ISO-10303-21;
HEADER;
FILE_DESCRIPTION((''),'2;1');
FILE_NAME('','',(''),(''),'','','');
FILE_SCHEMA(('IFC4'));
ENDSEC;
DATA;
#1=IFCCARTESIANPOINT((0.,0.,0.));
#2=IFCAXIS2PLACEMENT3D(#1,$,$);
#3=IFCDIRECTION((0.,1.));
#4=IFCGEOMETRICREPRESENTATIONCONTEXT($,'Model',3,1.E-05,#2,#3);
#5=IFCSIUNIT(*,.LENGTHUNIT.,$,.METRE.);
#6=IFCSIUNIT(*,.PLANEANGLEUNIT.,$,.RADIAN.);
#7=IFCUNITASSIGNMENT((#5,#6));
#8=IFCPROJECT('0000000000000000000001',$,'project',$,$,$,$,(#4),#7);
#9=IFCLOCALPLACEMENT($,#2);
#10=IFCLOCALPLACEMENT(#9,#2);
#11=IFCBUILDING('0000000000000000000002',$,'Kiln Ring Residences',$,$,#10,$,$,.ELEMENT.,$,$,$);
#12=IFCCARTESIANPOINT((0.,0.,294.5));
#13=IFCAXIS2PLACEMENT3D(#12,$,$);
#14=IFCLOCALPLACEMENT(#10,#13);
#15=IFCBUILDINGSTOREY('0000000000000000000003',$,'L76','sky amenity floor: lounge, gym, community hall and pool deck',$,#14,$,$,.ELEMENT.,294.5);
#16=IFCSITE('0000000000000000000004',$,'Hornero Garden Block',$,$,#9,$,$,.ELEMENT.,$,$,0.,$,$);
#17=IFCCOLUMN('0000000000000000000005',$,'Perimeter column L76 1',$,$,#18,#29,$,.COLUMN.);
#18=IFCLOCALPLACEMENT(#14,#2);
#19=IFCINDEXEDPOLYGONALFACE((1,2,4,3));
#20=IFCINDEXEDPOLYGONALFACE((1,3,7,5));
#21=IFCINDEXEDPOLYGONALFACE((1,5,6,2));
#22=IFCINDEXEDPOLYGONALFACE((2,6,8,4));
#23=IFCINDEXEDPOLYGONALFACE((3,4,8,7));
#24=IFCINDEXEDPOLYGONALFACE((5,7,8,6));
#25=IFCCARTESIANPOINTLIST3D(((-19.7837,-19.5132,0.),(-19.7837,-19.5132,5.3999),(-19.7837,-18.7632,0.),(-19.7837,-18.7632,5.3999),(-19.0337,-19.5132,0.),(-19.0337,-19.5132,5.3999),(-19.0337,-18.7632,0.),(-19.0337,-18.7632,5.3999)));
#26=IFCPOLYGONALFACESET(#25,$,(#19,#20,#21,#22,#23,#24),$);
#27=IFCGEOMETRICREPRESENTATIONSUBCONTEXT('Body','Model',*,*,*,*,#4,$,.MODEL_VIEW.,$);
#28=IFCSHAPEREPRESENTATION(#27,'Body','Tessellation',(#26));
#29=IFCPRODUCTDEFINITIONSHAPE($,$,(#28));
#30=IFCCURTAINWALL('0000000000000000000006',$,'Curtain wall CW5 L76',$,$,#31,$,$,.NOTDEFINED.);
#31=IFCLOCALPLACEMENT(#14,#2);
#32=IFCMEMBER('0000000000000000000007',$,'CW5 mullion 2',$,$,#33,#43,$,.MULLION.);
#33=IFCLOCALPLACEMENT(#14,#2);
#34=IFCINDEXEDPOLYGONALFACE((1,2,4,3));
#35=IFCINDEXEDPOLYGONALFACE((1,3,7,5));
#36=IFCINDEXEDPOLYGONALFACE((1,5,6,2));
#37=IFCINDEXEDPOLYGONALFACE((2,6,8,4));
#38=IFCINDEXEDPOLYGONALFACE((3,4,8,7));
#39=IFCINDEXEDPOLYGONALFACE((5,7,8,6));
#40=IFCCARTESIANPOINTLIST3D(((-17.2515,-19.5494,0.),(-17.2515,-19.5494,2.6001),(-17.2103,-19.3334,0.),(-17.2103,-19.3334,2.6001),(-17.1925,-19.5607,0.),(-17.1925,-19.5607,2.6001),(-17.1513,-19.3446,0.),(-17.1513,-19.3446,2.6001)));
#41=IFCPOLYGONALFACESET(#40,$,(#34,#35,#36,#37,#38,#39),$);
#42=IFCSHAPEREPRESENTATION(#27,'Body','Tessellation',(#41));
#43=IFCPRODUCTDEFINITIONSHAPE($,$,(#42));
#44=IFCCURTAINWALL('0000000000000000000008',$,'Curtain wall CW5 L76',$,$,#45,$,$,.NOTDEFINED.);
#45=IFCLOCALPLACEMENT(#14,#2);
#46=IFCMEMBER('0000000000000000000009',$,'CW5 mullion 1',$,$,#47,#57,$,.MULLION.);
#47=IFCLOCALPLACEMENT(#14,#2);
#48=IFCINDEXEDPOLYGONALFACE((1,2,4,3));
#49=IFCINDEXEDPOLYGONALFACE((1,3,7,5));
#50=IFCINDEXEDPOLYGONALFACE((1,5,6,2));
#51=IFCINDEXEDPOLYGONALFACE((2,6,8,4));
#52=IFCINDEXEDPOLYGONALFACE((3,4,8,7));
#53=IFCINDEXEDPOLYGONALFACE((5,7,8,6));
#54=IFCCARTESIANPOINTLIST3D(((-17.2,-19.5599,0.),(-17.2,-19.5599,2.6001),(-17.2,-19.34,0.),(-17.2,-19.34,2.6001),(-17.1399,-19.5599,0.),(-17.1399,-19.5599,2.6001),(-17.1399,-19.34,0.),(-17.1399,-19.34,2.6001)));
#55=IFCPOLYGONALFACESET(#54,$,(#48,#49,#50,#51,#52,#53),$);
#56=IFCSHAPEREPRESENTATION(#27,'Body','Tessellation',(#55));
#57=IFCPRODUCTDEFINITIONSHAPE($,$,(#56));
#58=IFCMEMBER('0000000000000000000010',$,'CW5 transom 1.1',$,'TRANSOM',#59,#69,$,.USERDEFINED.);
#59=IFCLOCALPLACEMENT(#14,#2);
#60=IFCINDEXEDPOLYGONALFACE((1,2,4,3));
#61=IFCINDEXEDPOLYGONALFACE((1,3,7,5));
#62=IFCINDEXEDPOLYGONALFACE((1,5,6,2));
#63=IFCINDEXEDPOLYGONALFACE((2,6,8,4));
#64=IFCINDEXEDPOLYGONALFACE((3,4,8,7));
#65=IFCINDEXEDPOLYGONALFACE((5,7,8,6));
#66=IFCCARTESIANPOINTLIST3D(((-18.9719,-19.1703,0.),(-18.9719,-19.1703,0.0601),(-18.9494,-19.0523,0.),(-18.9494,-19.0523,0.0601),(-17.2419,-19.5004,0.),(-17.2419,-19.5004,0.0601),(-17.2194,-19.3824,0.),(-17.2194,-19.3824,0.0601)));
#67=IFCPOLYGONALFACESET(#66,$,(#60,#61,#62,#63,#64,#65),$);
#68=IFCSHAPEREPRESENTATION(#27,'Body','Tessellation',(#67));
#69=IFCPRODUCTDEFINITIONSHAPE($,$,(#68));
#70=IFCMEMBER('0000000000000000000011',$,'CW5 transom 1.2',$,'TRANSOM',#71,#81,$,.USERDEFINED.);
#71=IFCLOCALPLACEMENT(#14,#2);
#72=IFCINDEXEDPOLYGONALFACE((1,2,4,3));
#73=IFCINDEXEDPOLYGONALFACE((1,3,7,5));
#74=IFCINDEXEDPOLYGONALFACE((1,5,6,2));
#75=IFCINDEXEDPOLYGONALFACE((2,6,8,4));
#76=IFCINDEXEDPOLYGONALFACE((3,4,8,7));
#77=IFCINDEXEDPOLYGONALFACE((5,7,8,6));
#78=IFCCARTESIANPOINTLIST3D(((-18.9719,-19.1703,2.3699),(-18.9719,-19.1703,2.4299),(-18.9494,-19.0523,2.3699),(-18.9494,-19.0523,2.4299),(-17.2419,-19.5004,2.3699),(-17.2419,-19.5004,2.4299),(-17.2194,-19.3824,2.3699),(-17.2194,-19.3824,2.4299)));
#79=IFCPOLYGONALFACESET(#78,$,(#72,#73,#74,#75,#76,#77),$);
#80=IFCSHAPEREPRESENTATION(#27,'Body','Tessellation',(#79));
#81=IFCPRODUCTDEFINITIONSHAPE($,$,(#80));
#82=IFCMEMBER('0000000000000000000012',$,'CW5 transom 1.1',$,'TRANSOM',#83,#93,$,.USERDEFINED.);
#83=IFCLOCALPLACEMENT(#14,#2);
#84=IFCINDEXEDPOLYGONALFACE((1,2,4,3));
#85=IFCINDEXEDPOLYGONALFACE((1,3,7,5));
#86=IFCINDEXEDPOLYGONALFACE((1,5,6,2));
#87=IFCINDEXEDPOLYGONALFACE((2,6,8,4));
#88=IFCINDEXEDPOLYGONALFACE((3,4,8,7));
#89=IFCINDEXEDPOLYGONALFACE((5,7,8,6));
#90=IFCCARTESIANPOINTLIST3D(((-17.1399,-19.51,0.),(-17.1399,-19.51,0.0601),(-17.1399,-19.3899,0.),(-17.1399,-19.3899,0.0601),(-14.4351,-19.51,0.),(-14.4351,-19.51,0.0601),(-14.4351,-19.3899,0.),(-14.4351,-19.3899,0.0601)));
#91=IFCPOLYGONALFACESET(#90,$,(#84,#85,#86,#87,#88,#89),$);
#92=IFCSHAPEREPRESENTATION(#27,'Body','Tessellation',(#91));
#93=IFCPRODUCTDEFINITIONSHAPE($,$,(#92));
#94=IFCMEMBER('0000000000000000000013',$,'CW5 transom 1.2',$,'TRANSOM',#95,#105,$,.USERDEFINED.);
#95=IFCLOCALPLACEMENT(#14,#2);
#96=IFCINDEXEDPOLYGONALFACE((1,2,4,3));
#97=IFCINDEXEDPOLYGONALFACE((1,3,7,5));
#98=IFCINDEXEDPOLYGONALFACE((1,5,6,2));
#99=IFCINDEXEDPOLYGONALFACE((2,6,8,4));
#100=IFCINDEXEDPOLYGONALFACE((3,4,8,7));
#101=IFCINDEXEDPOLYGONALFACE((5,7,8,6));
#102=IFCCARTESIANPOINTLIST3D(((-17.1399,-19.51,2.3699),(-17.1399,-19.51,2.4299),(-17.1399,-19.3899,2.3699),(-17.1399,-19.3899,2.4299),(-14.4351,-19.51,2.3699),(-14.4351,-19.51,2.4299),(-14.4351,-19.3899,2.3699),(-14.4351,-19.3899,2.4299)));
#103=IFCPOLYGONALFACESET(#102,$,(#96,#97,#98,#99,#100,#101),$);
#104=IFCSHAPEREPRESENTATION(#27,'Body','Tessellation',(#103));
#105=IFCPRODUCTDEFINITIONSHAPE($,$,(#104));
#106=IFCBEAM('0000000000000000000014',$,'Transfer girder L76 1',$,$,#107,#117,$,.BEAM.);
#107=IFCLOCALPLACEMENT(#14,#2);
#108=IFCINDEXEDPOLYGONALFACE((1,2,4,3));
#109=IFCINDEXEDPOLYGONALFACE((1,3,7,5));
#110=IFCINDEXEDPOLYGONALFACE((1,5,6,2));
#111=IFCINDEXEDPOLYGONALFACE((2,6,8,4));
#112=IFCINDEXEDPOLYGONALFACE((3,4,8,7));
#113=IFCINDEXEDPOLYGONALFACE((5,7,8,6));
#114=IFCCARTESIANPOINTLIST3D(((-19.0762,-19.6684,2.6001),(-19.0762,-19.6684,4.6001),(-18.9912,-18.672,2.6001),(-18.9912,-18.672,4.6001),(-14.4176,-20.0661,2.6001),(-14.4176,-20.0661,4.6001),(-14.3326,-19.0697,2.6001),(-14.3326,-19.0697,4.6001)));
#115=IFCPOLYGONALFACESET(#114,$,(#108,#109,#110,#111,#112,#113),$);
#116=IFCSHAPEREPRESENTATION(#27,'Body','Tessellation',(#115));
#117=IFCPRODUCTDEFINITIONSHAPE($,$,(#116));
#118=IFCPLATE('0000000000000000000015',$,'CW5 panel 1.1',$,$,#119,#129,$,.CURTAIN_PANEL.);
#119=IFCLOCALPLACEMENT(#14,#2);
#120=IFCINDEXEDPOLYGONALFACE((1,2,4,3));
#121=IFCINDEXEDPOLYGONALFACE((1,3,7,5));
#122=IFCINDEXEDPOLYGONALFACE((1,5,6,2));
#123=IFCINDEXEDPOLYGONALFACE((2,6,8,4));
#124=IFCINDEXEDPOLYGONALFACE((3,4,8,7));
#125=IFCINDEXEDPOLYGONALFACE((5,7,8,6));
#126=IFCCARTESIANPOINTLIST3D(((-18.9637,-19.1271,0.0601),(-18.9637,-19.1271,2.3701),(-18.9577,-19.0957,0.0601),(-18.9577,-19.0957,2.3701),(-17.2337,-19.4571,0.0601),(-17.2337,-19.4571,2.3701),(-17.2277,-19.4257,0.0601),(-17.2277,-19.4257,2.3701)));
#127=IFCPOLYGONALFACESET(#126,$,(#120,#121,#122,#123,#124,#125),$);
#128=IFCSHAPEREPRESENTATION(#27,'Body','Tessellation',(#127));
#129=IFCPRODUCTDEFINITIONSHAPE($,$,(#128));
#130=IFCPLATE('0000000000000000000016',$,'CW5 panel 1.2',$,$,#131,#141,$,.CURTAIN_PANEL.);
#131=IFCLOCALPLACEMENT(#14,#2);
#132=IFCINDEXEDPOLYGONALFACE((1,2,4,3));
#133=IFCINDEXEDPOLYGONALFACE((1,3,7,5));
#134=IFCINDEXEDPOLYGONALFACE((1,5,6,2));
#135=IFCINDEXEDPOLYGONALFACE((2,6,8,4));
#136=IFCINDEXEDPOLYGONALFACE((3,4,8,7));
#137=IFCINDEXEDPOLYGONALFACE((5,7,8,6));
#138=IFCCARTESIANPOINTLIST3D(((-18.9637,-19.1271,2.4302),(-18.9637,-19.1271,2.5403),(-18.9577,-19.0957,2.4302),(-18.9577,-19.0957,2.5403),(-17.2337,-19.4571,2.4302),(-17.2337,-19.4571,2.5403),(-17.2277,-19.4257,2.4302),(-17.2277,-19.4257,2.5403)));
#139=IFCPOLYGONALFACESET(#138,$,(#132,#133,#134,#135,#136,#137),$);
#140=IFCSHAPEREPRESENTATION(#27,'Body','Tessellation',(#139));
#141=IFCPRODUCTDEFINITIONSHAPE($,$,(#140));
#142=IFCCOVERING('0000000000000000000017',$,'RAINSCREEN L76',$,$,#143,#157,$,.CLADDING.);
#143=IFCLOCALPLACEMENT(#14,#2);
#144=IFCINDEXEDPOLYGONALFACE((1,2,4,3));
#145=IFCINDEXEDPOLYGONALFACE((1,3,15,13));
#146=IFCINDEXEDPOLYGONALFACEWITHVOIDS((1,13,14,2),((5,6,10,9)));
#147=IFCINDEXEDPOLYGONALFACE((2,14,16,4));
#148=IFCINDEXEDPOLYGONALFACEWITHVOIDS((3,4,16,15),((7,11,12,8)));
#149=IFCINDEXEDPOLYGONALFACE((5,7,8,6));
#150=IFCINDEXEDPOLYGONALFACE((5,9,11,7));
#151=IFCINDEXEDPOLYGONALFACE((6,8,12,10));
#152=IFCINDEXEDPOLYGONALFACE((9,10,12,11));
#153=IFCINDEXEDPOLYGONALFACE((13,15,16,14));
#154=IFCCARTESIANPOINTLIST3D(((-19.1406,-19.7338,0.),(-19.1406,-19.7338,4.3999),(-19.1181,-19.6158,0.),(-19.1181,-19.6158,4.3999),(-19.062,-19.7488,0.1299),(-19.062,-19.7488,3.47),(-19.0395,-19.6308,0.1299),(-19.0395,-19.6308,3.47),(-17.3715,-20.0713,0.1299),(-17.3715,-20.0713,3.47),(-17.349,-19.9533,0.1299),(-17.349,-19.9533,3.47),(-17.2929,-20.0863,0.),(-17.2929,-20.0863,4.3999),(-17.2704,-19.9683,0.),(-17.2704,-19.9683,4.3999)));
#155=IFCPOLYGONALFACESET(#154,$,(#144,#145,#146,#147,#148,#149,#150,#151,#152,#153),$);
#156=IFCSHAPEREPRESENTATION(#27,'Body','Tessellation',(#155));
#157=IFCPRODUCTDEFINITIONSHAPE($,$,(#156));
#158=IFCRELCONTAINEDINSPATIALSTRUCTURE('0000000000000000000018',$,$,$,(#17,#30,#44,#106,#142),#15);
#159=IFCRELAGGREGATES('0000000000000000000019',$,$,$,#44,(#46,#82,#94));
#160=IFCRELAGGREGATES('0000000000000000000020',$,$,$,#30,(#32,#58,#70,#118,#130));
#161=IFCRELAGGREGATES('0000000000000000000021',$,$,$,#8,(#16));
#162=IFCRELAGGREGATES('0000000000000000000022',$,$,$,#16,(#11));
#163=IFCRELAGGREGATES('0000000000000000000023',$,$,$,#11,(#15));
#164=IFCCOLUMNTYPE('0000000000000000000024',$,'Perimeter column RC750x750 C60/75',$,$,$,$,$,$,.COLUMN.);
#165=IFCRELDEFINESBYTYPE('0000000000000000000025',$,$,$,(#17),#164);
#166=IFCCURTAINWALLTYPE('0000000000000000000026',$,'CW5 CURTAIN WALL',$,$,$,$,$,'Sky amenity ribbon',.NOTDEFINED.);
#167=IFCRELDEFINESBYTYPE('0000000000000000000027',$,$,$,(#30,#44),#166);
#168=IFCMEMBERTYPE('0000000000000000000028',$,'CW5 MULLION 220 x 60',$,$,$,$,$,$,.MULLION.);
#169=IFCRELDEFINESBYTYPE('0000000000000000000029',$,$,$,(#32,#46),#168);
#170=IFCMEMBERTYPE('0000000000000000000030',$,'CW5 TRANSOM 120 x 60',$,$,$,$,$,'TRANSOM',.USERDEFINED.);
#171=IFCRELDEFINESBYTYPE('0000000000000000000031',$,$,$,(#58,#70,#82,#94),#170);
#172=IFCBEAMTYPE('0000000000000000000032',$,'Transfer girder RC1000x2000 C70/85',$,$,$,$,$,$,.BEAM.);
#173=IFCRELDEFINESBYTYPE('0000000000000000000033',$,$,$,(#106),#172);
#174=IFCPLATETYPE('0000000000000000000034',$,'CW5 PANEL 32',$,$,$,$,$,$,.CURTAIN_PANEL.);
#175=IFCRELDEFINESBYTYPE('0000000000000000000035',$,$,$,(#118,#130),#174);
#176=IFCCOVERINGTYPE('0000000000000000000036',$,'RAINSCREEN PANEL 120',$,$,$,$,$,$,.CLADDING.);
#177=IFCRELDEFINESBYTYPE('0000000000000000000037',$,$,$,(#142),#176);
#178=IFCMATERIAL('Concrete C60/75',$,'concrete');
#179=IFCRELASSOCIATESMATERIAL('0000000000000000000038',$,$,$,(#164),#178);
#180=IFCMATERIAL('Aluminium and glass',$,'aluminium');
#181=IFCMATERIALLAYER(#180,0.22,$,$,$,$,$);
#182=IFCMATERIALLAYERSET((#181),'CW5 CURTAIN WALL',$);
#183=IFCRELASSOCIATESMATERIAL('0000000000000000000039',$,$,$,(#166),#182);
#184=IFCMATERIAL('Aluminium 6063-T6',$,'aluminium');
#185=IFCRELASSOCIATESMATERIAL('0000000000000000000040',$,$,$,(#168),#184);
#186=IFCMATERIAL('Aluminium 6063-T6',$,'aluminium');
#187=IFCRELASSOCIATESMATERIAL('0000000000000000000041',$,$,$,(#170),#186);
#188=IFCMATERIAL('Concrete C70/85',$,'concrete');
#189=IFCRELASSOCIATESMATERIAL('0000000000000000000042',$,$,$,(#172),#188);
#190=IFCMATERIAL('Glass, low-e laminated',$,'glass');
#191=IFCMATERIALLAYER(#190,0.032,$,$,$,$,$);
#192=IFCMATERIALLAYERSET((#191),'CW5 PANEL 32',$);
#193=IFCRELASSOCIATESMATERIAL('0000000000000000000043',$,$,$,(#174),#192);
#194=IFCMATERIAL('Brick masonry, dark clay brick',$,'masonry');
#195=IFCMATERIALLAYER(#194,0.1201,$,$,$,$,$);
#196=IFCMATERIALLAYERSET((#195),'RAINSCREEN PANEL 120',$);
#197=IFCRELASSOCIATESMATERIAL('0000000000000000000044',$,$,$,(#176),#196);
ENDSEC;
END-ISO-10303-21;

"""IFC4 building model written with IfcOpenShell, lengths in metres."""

from ifc_helpers import new_model, si_unit, direction, frame, origin, origin_2d, place, context, subcontext, project, spatial, polyline, rectangle, outline, extrude, material, layer, layer_set, material_profile, profile_set, type_object, element, aggregate, save


model = new_model("IFC4")

# Units and contexts
model_context = context("Model", 3, precision=1e-05, world=origin(), true_north=direction((0.0, 1.0)))
body_context = subcontext(model_context, "Body", "Model", "MODEL_VIEW")
ifc_project = project(units=[si_unit("LENGTHUNIT", "METRE"), si_unit("PLANEANGLEUNIT", "RADIAN")], contexts=[model_context])

# Site, building, storey
site_placement = place(None, origin())
site = spatial("IfcSite", under=ifc_project, at=site_placement, Name="Hornero Garden Block", CompositionType="ELEMENT", RefElevation=0.0)
building_placement = place(site_placement, origin())
building = spatial("IfcBuilding", under=site, at=building_placement, Name="Kiln Ring Residences", CompositionType="ELEMENT")
storey_placement = place(building_placement, frame((0.0, 0.0, 294.5)))
storey = spatial("IfcBuildingStorey", under=building, at=storey_placement, Name="L76", Description="sky amenity floor: lounge, gym, community hall and pool deck", CompositionType="ELEMENT", Elevation=294.5)

# Column
ifc_material_1 = material(Name="Concrete C60/75", Category="concrete")
ifc_material_profile_1 = material_profile(ifc_material_1, rectangle(XDim=0.75, YDim=0.75, at=origin_2d()), Name="RC750x750")
ifc_profile_set_1 = profile_set([ifc_material_profile_1], Name="Concrete C60/75")
column_type = type_object("IfcColumnType", Name="Perimeter column RC750x750 C60/75", PredefinedType="COLUMN", material=ifc_profile_set_1)
column_placement = place(storey_placement, frame((-19.4087, -19.1382, 0.0), z_axis=(0.0, 0.0, 1.0), x_axis=(1.0, 0.0, 0.0)))
element("IfcColumn", 1, at=column_placement, inside=storey, type_object=column_type, Name="Perimeter column L76 1", PredefinedType="COLUMN", context=body_context, shape_type="SweptSolid", body=[
    extrude(rectangle(XDim=0.75, YDim=0.75, at=origin_2d()), origin(), (0.0, 0.0, 1.0), 5.3999),
])

# Curtain walls, members
ifc_material_2 = material(Name="Aluminium and glass", Category="aluminium")
ifc_layer_1 = layer(ifc_material_2, 0.22)
ifc_layer_set_1 = layer_set([ifc_layer_1], Name="CW5 CURTAIN WALL")
curtain_wall_type = type_object("IfcCurtainWallType", Name="CW5 CURTAIN WALL", ElementType="Sky amenity ribbon", PredefinedType="NOTDEFINED", material=ifc_layer_set_1)
placement = place(storey_placement, origin())
curtain_wall_1 = element("IfcCurtainWall", 2, at=placement, inside=storey, type_object=curtain_wall_type, Name="Curtain wall CW5 L76", PredefinedType="NOTDEFINED")
ifc_material_3 = material(Name="Aluminium 6063-T6", Category="aluminium")
ifc_material_profile_2 = material_profile(ifc_material_3, rectangle(XDim=0.22, YDim=0.0601, at=origin_2d()), Name="AL 220x60")
ifc_profile_set_2 = profile_set([ifc_material_profile_2], Name="Aluminium 6063-T6")
member_type_1 = type_object("IfcMemberType", Name="CW5 MULLION 220 x 60", PredefinedType="MULLION", material=ifc_profile_set_2)
member_1_placement = place(storey_placement, frame((-17.2014, -19.447, 0.0), z_axis=(0.0, 0.0, 1.0), x_axis=(0.187366, 0.98229, 0.0)))
member_1 = element("IfcMember", 3, at=member_1_placement, type_object=member_type_1, Name="CW5 mullion 2", PredefinedType="MULLION", context=body_context, shape_type="SweptSolid", body=[
    extrude(rectangle(XDim=0.22, YDim=0.0601, at=origin_2d()), origin(), (0.0, 0.0, 1.0), 2.6001),
])
curtain_wall_2 = element("IfcCurtainWall", 4, at=placement, inside=storey, type_object=curtain_wall_type, Name="Curtain wall CW5 L76", PredefinedType="NOTDEFINED")
member_2_placement = place(storey_placement, frame((-17.1699, -19.45, 0.0), z_axis=(0.0, 0.0, 1.0), x_axis=(0.0, 1.0, 0.0)))
member_2 = element("IfcMember", 5, at=member_2_placement, type_object=member_type_1, Name="CW5 mullion 1", PredefinedType="MULLION", context=body_context, shape_type="SweptSolid", body=[
    extrude(rectangle(XDim=0.22, YDim=0.0601, at=origin_2d()), origin(), (0.0, 0.0, 1.0), 2.6001),
])

# Members
ifc_material_4 = material(Name="Aluminium 6063-T6", Category="aluminium")
ifc_material_profile_3 = material_profile(ifc_material_4, rectangle(XDim=0.1201, YDim=0.0601, at=origin_2d()), Name="AL 120x60")
ifc_profile_set_3 = profile_set([ifc_material_profile_3], Name="Aluminium 6063-T6")
member_type_2 = type_object("IfcMemberType", Name="CW5 TRANSOM 120 x 60", ElementType="TRANSOM", PredefinedType="USERDEFINED", material=ifc_profile_set_3)
member_3_placement = place(storey_placement, frame((-18.9607, -19.1113, 0.03), z_axis=(0.98228, -0.187418, 0.0), x_axis=(0.187418, 0.98228, 0.0)))
member_3 = element("IfcMember", 6, at=member_3_placement, type_object=member_type_2, Name="CW5 transom 1.1", ObjectType="TRANSOM", PredefinedType="USERDEFINED", context=body_context, shape_type="SweptSolid", body=[
    extrude(rectangle(XDim=0.1201, YDim=0.0601, at=origin_2d()), origin(), (0.0, 0.0, 1.0), 1.7612),
])
member_4_placement = place(storey_placement, frame((-18.9607, -19.1113, 2.3999), z_axis=(0.98228, -0.187418, 0.0), x_axis=(0.187418, 0.98228, 0.0)))
member_4 = element("IfcMember", 7, at=member_4_placement, type_object=member_type_2, Name="CW5 transom 1.2", ObjectType="TRANSOM", PredefinedType="USERDEFINED", context=body_context, shape_type="SweptSolid", body=[
    extrude(rectangle(XDim=0.1201, YDim=0.0601, at=origin_2d()), origin(), (0.0, 0.0, 1.0), 1.7612),
])
member_5_placement = place(storey_placement, frame((-17.1399, -19.45, 0.03), z_axis=(1.0, 0.0, 0.0), x_axis=(0.0, 1.0, 0.0)))
member_5 = element("IfcMember", 8, at=member_5_placement, type_object=member_type_2, Name="CW5 transom 1.1", ObjectType="TRANSOM", PredefinedType="USERDEFINED", context=body_context, shape_type="SweptSolid", body=[
    extrude(rectangle(XDim=0.1201, YDim=0.0601, at=origin_2d()), origin(), (0.0, 0.0, 1.0), 2.7048),
])
member_6_placement = place(storey_placement, frame((-17.1399, -19.45, 2.3999), z_axis=(1.0, 0.0, 0.0), x_axis=(0.0, 1.0, 0.0)))
member_6 = element("IfcMember", 9, at=member_6_placement, type_object=member_type_2, Name="CW5 transom 1.2", ObjectType="TRANSOM", PredefinedType="USERDEFINED", context=body_context, shape_type="SweptSolid", body=[
    extrude(rectangle(XDim=0.1201, YDim=0.0601, at=origin_2d()), origin(), (0.0, 0.0, 1.0), 2.7048),
])
aggregate(curtain_wall_2, [member_2, member_5, member_6])

# Beam
ifc_material_5 = material(Name="Concrete C70/85", Category="concrete")
ifc_material_profile_4 = material_profile(ifc_material_5, rectangle(XDim=1.0, YDim=2.0, at=origin_2d()), Name="RC1000x2000")
ifc_profile_set_4 = profile_set([ifc_material_profile_4], Name="Concrete C70/85")
beam_type = type_object("IfcBeamType", Name="Transfer girder RC1000x2000 C70/85", PredefinedType="BEAM", material=ifc_profile_set_4)
beam_placement = place(storey_placement, frame((-19.0337, -19.1702, 3.6001), z_axis=(0.996376, -0.085059, 0.0), x_axis=(0.085059, 0.996376, 0.0)))
element("IfcBeam", 10, at=beam_placement, inside=storey, type_object=beam_type, Name="Transfer girder L76 1", PredefinedType="BEAM", context=body_context, shape_type="SweptSolid", body=[
    extrude(rectangle(XDim=1.0, YDim=2.0, at=origin_2d()), origin(), (0.0, 0.0, 1.0), 4.6755),
])

# Plates
ifc_material_6 = material(Name="Glass, low-e laminated", Category="glass")
ifc_layer_2 = layer(ifc_material_6, 0.032)
ifc_layer_set_2 = layer_set([ifc_layer_2], Name="CW5 PANEL 32")
plate_type = type_object("IfcPlateType", Name="CW5 PANEL 32", PredefinedType="CURTAIN_PANEL", material=ifc_layer_set_2)
plate_1_placement = place(storey_placement, frame((-18.0957, -19.2764, 0.0601), z_axis=(0.0, 0.0, 1.0), x_axis=(0.98229, -0.187366, 0.0)))
plate_1 = element("IfcPlate", 11, at=plate_1_placement, type_object=plate_type, Name="CW5 panel 1.1", PredefinedType="CURTAIN_PANEL", context=body_context, shape_type="SweptSolid", body=[
    extrude(rectangle(XDim=1.7612, YDim=0.032, at=origin_2d()), origin(), (0.0, 0.0, 1.0), 2.3101),
])
plate_2_placement = place(storey_placement, frame((-18.0957, -19.2764, 2.4302), z_axis=(0.0, 0.0, 1.0), x_axis=(0.98229, -0.187366, 0.0)))
plate_2 = element("IfcPlate", 12, at=plate_2_placement, type_object=plate_type, Name="CW5 panel 1.2", PredefinedType="CURTAIN_PANEL", context=body_context, shape_type="SweptSolid", body=[
    extrude(rectangle(XDim=1.7612, YDim=0.032, at=origin_2d()), origin(), (0.0, 0.0, 1.0), 0.1101),
])
aggregate(curtain_wall_1, [member_1, member_3, member_4, plate_1, plate_2])

# Covering
ifc_material_7 = material(Name="Brick masonry, dark clay brick", Category="masonry")
ifc_layer_3 = layer(ifc_material_7, 0.1201)
ifc_layer_set_3 = layer_set([ifc_layer_3], Name="RAINSCREEN PANEL 120")
covering_type = type_object("IfcCoveringType", Name="RAINSCREEN PANEL 120", PredefinedType="CLADDING", material=ifc_layer_set_3)
covering_1_placement = place(storey_placement, frame((-19.1294, -19.6748, 0.0), z_axis=(0.0, 0.0, 1.0), x_axis=(0.982284, -0.187398, 0.0)))
element("IfcCovering", 13, at=covering_1_placement, inside=storey, type_object=covering_type, Name="RAINSCREEN L76", PredefinedType="CLADDING", context=body_context, shape_type="SweptSolid", body=[
    extrude(outline(polyline([(0.0, 0.0), (1.8811, 0.0), (1.8811, 4.3999), (0.0, 4.3999), (0.0, 0.0)]), holes=[polyline([(0.0801, 3.47), (0.0801, 0.1299), (1.801, 0.1299), (1.801, 3.47), (0.0801, 3.47)])]), frame((0.0, 0.0601, 0.0), z_axis=(0.0, -1.0, 0.0), x_axis=(1.0, 0.0, 0.0)), (0.0, 0.0, 1.0), 0.1201),
])

save(model, "model.ifc")
